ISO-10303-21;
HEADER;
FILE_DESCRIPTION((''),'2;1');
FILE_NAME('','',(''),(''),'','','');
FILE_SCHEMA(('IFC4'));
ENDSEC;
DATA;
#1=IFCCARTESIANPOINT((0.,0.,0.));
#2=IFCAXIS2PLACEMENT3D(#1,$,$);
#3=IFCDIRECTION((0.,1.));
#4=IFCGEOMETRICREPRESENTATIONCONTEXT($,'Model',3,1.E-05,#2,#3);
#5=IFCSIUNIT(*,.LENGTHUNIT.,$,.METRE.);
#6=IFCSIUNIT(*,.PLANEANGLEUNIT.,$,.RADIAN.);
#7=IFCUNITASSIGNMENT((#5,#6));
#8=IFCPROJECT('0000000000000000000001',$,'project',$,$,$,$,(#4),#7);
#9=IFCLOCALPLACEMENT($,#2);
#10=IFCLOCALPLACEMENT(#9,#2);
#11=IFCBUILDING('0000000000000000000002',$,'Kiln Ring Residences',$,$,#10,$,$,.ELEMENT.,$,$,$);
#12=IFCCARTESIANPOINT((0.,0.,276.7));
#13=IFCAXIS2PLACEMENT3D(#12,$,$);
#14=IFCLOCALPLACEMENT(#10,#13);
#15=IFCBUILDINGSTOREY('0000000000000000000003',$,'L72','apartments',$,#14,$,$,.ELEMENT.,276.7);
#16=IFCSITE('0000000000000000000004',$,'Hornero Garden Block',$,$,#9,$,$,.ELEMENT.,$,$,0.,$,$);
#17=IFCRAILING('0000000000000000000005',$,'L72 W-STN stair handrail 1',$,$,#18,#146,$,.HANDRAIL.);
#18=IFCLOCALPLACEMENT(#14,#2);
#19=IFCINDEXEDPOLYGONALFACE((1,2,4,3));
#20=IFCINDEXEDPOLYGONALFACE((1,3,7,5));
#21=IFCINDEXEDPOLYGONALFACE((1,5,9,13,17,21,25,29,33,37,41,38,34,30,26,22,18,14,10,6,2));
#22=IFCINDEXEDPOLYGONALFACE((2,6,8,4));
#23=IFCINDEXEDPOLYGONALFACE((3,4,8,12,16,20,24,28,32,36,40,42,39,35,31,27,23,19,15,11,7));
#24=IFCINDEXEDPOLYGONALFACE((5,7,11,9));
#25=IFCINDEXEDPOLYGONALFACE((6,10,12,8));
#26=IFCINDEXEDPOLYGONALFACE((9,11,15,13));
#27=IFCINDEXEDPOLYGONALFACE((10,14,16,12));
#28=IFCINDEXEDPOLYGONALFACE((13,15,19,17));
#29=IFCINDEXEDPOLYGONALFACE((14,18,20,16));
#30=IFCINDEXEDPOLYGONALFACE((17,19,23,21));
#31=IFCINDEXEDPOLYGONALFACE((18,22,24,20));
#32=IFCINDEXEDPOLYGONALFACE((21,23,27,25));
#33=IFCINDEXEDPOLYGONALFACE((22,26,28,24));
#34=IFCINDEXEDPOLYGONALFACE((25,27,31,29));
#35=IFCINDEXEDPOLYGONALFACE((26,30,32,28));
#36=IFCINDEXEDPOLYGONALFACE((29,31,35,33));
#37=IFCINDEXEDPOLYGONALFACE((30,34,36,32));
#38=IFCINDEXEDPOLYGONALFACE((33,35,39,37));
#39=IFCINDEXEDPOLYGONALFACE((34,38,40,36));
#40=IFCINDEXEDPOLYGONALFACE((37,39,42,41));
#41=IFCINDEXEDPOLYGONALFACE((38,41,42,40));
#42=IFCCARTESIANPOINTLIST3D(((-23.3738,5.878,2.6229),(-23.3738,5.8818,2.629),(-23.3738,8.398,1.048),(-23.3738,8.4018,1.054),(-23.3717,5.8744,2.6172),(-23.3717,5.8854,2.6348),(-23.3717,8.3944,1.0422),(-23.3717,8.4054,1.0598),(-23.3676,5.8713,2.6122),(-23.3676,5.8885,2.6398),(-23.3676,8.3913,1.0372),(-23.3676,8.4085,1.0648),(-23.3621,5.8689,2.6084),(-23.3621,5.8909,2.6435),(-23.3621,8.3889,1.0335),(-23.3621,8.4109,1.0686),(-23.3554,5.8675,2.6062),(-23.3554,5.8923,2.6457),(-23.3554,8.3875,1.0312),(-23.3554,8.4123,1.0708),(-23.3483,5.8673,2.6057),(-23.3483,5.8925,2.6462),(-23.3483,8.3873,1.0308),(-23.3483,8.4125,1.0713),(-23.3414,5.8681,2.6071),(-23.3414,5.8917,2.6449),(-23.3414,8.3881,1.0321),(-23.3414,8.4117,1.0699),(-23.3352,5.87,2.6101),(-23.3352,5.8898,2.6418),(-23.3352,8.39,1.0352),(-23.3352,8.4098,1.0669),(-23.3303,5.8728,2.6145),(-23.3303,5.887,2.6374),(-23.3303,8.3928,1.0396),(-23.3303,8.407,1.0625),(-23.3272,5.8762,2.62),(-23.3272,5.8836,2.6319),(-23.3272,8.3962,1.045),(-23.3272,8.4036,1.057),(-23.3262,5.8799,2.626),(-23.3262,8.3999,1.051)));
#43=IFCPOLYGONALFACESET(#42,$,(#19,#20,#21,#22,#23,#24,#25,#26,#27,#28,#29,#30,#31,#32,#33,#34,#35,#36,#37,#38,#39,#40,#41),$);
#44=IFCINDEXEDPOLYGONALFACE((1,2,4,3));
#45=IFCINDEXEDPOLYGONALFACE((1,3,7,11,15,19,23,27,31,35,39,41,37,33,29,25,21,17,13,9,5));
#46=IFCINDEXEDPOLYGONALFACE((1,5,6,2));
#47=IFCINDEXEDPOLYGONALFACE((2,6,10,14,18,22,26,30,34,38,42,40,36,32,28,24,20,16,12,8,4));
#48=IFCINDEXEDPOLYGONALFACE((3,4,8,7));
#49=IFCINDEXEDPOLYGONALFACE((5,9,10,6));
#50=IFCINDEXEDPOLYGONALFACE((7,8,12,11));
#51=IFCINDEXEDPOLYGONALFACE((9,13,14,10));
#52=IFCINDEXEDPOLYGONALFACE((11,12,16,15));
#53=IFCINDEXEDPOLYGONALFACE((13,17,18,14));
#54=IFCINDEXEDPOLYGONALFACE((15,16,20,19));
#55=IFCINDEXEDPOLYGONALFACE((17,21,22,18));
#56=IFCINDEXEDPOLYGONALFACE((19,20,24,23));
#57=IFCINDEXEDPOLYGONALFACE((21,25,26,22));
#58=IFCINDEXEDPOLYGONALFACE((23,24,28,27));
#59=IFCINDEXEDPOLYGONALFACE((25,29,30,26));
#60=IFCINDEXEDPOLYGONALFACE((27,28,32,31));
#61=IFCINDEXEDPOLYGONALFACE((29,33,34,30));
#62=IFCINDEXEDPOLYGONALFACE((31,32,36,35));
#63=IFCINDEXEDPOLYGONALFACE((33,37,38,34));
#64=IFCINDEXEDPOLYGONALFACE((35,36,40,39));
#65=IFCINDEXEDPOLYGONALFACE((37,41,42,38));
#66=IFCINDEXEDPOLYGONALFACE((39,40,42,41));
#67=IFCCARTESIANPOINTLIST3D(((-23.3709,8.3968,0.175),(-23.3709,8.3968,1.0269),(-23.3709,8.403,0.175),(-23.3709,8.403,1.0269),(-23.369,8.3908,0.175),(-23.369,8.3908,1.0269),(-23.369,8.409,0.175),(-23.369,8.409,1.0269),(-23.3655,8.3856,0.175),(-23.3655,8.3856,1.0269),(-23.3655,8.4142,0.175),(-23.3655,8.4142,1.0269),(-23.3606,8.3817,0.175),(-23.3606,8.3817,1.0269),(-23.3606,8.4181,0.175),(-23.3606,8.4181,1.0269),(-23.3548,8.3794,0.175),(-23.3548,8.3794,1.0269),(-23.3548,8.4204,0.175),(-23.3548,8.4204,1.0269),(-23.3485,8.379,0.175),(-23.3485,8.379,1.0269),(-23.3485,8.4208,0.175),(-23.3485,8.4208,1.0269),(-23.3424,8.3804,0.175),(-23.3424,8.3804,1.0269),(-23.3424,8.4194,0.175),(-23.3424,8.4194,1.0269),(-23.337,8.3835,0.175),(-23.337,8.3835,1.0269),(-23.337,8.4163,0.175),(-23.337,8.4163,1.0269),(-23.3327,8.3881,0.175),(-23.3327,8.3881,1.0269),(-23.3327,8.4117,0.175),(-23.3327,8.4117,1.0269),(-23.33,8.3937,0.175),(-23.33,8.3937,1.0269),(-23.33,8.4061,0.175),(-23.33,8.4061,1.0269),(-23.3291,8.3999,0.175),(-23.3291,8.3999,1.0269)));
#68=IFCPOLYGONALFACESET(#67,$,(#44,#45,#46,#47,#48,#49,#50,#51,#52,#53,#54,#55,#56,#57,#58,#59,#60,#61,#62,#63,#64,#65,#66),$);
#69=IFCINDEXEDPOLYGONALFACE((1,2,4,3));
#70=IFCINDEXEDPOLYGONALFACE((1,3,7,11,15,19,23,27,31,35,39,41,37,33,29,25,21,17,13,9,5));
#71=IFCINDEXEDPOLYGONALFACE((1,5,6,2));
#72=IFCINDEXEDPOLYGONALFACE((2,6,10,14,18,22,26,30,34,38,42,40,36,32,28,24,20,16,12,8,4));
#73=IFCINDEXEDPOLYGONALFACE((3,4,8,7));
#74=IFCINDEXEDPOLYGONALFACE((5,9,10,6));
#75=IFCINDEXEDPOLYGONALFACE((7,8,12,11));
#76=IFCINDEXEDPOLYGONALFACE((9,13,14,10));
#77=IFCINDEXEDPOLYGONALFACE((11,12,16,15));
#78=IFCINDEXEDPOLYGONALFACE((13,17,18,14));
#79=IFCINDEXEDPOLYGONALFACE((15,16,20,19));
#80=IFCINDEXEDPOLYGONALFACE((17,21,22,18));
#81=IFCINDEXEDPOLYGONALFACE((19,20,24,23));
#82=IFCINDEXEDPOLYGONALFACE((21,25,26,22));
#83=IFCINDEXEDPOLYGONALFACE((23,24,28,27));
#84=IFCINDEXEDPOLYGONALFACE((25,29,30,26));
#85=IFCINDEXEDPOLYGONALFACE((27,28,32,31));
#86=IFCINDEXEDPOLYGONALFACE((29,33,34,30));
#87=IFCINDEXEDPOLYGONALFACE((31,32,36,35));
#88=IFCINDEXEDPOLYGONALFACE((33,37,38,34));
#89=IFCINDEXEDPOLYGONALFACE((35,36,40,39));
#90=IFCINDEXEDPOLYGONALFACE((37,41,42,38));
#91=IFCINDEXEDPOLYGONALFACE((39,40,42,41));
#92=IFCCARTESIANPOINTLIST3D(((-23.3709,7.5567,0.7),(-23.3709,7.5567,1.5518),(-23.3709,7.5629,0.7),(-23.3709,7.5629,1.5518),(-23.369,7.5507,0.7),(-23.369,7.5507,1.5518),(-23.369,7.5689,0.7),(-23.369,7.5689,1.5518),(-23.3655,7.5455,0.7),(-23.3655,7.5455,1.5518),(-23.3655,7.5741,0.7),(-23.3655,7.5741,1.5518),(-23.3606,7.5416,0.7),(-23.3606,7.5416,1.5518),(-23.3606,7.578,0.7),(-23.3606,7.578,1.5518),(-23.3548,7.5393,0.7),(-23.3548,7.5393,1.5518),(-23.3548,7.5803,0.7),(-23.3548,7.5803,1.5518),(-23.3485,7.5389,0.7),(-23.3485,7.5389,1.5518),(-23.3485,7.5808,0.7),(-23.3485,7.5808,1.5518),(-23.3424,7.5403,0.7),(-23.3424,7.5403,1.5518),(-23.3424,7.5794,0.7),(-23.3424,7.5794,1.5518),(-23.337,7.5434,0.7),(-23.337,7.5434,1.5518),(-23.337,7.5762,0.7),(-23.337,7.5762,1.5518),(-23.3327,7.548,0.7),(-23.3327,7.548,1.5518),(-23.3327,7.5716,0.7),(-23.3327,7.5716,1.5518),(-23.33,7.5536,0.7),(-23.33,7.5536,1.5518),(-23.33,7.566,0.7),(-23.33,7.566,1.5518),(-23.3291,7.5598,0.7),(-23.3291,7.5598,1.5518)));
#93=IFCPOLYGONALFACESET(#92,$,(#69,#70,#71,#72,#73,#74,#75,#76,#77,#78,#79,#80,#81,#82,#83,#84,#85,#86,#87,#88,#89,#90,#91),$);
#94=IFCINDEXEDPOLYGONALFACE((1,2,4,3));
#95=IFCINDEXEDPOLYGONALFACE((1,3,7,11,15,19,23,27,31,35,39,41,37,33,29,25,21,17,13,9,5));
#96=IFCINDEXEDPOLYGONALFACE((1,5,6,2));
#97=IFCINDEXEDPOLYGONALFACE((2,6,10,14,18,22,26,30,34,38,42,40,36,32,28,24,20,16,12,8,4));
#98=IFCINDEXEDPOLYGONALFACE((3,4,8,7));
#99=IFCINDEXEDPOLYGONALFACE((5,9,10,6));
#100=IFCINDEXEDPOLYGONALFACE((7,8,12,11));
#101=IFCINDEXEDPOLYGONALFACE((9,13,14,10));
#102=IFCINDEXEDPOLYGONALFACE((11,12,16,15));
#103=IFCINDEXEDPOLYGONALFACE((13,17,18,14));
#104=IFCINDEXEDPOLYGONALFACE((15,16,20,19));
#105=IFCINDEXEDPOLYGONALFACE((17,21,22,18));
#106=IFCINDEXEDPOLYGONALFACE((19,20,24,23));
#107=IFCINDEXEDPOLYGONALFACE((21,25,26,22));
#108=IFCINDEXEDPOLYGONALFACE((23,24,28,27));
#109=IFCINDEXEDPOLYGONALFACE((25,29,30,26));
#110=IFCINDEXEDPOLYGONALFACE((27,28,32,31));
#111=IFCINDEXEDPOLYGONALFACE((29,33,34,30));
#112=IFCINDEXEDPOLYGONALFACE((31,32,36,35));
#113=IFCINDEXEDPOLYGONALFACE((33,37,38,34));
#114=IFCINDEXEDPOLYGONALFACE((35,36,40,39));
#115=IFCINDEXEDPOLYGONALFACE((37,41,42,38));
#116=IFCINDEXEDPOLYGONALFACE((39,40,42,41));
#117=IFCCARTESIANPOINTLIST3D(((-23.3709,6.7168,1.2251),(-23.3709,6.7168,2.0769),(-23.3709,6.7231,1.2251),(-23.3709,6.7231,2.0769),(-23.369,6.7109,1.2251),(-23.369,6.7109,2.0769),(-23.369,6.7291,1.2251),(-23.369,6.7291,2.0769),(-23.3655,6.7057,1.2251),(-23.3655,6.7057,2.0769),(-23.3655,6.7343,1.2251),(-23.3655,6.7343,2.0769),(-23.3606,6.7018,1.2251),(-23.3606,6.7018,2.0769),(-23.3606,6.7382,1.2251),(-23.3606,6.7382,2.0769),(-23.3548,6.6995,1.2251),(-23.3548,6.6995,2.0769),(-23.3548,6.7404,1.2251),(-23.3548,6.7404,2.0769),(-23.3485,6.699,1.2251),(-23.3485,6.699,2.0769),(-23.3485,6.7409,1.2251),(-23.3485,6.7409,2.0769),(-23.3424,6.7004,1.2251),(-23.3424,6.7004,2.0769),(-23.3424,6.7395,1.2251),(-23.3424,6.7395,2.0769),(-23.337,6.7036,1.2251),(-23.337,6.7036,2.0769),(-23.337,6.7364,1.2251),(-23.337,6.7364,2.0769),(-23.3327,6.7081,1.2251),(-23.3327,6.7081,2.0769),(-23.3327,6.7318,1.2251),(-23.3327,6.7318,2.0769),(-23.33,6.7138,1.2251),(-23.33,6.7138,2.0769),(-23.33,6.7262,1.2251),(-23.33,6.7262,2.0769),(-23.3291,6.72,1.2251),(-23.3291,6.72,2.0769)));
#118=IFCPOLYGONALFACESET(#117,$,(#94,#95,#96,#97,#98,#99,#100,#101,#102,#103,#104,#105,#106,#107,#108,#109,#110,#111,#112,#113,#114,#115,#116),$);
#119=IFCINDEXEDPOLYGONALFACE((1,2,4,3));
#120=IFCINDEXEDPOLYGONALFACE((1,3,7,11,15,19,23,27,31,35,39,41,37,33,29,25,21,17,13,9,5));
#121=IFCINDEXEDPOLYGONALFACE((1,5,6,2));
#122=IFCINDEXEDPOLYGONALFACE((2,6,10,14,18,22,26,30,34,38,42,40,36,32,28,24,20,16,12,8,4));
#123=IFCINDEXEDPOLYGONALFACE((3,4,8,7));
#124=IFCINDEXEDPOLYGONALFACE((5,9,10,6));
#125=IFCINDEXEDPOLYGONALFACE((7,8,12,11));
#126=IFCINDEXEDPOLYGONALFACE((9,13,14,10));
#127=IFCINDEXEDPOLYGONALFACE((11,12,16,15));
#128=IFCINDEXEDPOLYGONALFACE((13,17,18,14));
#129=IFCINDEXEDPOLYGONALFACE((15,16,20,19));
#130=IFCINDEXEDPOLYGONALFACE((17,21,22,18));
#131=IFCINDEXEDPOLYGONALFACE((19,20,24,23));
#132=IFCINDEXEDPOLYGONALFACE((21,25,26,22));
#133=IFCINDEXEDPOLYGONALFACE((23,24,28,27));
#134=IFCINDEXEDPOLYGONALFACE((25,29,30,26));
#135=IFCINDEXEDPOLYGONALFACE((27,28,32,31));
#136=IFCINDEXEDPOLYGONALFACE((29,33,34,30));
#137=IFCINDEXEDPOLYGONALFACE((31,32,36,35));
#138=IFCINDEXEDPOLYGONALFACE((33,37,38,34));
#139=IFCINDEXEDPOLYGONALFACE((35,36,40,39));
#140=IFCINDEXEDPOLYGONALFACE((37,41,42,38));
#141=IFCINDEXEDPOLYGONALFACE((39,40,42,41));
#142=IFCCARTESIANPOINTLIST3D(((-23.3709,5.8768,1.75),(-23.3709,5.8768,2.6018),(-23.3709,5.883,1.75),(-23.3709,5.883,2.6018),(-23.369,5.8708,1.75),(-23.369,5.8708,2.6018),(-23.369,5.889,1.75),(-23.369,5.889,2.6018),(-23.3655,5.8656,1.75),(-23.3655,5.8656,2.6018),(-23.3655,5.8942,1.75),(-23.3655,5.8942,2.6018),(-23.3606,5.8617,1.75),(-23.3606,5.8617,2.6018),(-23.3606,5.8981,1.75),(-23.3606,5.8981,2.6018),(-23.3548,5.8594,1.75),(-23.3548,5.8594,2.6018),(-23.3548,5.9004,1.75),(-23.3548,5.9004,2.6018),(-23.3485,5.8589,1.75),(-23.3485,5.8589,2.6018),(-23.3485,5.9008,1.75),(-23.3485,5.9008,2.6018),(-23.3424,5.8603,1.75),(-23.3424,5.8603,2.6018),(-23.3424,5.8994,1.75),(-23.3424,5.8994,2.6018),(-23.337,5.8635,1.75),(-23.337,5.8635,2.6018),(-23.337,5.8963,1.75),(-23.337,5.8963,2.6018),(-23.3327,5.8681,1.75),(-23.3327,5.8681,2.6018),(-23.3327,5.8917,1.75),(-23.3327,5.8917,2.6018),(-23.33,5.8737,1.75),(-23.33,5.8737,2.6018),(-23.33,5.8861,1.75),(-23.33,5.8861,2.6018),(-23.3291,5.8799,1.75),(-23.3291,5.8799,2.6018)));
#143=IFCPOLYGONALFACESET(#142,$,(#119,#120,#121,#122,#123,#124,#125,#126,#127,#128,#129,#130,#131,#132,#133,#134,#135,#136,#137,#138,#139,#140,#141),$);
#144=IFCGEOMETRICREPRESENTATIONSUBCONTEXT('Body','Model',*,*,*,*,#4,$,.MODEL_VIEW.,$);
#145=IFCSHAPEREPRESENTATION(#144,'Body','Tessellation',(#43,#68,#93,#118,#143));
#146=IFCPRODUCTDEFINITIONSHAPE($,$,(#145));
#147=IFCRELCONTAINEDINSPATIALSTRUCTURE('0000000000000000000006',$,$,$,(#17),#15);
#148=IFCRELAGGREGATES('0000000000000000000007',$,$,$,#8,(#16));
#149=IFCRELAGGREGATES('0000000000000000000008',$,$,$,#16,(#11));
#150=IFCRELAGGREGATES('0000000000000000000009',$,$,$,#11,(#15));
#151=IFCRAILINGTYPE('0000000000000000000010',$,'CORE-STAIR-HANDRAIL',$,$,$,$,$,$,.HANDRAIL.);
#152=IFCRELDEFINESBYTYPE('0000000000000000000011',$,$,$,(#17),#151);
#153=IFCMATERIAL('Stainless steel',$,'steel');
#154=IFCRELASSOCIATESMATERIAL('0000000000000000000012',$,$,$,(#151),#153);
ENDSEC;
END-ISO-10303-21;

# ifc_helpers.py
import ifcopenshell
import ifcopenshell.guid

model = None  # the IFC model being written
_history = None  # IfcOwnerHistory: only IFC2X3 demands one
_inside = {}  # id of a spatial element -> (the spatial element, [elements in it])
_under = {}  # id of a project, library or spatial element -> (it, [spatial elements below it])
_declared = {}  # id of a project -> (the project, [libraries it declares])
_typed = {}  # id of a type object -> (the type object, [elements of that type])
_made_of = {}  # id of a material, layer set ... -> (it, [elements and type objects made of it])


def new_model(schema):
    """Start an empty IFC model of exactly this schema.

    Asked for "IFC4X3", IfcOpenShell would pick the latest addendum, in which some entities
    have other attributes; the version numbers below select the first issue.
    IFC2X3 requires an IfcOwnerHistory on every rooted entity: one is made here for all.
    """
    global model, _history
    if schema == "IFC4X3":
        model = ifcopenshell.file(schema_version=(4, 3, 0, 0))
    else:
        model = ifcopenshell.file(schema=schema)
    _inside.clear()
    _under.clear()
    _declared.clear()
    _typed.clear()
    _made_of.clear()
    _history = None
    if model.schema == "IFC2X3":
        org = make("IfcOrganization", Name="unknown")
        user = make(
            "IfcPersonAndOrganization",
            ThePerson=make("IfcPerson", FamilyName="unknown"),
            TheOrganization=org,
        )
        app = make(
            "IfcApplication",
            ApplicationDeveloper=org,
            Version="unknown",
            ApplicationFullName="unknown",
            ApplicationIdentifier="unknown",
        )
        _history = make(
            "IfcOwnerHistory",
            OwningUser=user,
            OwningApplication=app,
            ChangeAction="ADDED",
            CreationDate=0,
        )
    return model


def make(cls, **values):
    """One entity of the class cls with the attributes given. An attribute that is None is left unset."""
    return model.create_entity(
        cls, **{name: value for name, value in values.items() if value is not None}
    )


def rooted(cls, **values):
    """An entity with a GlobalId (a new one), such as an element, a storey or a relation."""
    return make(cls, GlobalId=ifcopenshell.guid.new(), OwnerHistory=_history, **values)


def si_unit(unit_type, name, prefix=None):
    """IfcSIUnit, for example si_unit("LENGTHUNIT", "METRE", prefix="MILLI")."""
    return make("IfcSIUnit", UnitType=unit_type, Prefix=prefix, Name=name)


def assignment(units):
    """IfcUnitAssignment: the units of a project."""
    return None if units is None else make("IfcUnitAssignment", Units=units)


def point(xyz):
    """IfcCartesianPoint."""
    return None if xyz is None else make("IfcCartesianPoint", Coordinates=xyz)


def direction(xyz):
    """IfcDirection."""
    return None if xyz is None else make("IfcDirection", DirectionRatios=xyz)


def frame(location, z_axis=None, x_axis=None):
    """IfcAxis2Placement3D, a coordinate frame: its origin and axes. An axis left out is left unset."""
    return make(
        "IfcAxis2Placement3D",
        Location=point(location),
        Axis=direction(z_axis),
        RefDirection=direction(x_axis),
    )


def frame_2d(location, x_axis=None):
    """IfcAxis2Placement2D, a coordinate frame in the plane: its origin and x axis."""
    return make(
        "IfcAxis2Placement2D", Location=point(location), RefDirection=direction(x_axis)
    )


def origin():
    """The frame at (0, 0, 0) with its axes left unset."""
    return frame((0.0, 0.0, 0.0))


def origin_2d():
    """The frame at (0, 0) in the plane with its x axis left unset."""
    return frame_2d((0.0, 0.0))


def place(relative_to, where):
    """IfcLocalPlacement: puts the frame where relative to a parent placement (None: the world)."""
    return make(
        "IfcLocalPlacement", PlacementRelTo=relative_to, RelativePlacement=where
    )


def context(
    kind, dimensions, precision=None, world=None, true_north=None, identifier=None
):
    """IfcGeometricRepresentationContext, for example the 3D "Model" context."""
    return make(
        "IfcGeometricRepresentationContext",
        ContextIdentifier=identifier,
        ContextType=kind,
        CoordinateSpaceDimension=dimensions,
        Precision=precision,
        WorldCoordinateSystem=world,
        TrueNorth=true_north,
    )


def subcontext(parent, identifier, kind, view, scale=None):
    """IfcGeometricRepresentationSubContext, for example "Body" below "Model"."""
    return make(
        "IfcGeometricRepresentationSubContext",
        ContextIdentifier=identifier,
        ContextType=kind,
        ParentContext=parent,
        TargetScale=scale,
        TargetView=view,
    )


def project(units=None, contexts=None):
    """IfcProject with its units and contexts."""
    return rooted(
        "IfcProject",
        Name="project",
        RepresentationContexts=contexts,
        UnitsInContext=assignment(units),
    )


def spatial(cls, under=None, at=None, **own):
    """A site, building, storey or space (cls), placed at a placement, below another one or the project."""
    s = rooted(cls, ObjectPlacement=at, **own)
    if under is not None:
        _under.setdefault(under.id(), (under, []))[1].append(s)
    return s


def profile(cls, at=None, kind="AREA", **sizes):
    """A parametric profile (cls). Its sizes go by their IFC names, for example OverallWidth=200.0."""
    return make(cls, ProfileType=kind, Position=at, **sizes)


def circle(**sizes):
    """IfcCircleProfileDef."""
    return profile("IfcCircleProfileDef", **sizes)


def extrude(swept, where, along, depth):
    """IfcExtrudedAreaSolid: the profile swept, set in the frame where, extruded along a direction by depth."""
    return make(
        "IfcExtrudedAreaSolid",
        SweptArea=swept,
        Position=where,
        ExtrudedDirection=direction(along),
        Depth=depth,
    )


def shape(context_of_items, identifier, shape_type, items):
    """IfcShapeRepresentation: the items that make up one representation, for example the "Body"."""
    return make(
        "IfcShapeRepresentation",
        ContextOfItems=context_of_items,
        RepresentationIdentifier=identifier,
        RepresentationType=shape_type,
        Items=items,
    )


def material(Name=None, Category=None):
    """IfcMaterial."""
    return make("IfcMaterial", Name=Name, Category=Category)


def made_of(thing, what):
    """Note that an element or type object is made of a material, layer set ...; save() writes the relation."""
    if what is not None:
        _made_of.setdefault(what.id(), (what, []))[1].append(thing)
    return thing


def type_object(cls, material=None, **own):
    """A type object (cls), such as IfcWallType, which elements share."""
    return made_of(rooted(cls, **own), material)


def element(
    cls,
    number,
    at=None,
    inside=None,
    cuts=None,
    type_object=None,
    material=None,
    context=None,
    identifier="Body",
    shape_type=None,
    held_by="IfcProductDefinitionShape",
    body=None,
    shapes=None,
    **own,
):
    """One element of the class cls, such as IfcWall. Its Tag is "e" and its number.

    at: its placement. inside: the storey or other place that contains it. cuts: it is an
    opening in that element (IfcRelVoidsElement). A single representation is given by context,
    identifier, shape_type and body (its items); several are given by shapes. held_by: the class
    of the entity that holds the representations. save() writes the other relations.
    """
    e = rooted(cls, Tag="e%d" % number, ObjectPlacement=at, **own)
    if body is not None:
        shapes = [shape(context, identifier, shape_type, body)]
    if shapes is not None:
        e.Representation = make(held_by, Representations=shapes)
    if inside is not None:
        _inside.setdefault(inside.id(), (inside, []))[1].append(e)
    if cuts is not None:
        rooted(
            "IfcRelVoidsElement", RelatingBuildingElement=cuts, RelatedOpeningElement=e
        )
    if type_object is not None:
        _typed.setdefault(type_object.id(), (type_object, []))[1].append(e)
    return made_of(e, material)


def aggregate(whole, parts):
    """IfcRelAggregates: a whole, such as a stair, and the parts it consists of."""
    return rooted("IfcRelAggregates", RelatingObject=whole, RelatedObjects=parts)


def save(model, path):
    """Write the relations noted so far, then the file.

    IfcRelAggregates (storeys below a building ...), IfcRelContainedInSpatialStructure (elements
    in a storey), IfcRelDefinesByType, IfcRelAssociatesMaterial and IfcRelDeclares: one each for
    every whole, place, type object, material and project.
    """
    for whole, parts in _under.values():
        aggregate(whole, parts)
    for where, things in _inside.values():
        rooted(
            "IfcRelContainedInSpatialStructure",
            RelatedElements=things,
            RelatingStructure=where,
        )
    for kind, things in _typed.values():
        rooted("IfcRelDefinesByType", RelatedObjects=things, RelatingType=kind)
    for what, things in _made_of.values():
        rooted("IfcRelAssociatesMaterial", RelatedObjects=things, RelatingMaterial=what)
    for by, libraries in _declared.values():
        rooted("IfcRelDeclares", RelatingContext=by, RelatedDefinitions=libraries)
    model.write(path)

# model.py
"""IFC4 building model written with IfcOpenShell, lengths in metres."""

from ifc_helpers import new_model, si_unit, direction, frame, origin, origin_2d, place, context, subcontext, project, spatial, circle, extrude, material, type_object, element, save


model = new_model("IFC4")

# Units and contexts
model_context = context("Model", 3, precision=1e-05, world=origin(), true_north=direction((0.0, 1.0)))
body_context = subcontext(model_context, "Body", "Model", "MODEL_VIEW")
ifc_project = project(units=[si_unit("LENGTHUNIT", "METRE"), si_unit("PLANEANGLEUNIT", "RADIAN")], contexts=[model_context])

# Site, building, storey
site_placement = place(None, origin())
site = spatial("IfcSite", under=ifc_project, at=site_placement, Name="Hornero Garden Block", CompositionType="ELEMENT", RefElevation=0.0)
building_placement = place(site_placement, origin())
building = spatial("IfcBuilding", under=site, at=building_placement, Name="Kiln Ring Residences", CompositionType="ELEMENT")
storey_placement = place(building_placement, frame((0.0, 0.0, 276.7)))
storey = spatial("IfcBuildingStorey", under=building, at=storey_placement, Name="L72", Description="apartments", CompositionType="ELEMENT", Elevation=276.7)

# Railing
ifc_material_1 = material(Name="Stainless steel", Category="steel")
railing_type_1 = type_object("IfcRailingType", Name="CORE-STAIR-HANDRAIL", PredefinedType="HANDRAIL", material=ifc_material_1)
railing_1_placement = place(storey_placement, frame((-23.3501, 8.3999, 0.175)))
element("IfcRailing", 1, at=railing_1_placement, inside=storey, type_object=railing_type_1, Name="L72 W-STN stair handrail 1", PredefinedType="HANDRAIL", context=body_context, shape_type="SweptSolid", body=[
    extrude(circle(Radius=0.0239, at=origin_2d()), frame((0.0, 0.0, 0.876), z_axis=(0.0, -0.848008, 0.529984), x_axis=(1.0, 0.0, 0.0)), (0.0, 0.0, 1.0), 2.9717),
    extrude(circle(Radius=0.021, at=origin_2d()), origin(), (0.0, 0.0, 1.0), 0.8518),
    extrude(circle(Radius=0.021, at=origin_2d()), frame((0.0, -0.8401, 0.5249)), (0.0, 0.0, 1.0), 0.8518),
    extrude(circle(Radius=0.021, at=origin_2d()), frame((0.0, -1.6799, 1.05)), (0.0, 0.0, 1.0), 0.8518),
    extrude(circle(Radius=0.021, at=origin_2d()), frame((0.0, -2.52, 1.575)), (0.0, 0.0, 1.0), 0.8518),
])

save(model, "model.ifc")
